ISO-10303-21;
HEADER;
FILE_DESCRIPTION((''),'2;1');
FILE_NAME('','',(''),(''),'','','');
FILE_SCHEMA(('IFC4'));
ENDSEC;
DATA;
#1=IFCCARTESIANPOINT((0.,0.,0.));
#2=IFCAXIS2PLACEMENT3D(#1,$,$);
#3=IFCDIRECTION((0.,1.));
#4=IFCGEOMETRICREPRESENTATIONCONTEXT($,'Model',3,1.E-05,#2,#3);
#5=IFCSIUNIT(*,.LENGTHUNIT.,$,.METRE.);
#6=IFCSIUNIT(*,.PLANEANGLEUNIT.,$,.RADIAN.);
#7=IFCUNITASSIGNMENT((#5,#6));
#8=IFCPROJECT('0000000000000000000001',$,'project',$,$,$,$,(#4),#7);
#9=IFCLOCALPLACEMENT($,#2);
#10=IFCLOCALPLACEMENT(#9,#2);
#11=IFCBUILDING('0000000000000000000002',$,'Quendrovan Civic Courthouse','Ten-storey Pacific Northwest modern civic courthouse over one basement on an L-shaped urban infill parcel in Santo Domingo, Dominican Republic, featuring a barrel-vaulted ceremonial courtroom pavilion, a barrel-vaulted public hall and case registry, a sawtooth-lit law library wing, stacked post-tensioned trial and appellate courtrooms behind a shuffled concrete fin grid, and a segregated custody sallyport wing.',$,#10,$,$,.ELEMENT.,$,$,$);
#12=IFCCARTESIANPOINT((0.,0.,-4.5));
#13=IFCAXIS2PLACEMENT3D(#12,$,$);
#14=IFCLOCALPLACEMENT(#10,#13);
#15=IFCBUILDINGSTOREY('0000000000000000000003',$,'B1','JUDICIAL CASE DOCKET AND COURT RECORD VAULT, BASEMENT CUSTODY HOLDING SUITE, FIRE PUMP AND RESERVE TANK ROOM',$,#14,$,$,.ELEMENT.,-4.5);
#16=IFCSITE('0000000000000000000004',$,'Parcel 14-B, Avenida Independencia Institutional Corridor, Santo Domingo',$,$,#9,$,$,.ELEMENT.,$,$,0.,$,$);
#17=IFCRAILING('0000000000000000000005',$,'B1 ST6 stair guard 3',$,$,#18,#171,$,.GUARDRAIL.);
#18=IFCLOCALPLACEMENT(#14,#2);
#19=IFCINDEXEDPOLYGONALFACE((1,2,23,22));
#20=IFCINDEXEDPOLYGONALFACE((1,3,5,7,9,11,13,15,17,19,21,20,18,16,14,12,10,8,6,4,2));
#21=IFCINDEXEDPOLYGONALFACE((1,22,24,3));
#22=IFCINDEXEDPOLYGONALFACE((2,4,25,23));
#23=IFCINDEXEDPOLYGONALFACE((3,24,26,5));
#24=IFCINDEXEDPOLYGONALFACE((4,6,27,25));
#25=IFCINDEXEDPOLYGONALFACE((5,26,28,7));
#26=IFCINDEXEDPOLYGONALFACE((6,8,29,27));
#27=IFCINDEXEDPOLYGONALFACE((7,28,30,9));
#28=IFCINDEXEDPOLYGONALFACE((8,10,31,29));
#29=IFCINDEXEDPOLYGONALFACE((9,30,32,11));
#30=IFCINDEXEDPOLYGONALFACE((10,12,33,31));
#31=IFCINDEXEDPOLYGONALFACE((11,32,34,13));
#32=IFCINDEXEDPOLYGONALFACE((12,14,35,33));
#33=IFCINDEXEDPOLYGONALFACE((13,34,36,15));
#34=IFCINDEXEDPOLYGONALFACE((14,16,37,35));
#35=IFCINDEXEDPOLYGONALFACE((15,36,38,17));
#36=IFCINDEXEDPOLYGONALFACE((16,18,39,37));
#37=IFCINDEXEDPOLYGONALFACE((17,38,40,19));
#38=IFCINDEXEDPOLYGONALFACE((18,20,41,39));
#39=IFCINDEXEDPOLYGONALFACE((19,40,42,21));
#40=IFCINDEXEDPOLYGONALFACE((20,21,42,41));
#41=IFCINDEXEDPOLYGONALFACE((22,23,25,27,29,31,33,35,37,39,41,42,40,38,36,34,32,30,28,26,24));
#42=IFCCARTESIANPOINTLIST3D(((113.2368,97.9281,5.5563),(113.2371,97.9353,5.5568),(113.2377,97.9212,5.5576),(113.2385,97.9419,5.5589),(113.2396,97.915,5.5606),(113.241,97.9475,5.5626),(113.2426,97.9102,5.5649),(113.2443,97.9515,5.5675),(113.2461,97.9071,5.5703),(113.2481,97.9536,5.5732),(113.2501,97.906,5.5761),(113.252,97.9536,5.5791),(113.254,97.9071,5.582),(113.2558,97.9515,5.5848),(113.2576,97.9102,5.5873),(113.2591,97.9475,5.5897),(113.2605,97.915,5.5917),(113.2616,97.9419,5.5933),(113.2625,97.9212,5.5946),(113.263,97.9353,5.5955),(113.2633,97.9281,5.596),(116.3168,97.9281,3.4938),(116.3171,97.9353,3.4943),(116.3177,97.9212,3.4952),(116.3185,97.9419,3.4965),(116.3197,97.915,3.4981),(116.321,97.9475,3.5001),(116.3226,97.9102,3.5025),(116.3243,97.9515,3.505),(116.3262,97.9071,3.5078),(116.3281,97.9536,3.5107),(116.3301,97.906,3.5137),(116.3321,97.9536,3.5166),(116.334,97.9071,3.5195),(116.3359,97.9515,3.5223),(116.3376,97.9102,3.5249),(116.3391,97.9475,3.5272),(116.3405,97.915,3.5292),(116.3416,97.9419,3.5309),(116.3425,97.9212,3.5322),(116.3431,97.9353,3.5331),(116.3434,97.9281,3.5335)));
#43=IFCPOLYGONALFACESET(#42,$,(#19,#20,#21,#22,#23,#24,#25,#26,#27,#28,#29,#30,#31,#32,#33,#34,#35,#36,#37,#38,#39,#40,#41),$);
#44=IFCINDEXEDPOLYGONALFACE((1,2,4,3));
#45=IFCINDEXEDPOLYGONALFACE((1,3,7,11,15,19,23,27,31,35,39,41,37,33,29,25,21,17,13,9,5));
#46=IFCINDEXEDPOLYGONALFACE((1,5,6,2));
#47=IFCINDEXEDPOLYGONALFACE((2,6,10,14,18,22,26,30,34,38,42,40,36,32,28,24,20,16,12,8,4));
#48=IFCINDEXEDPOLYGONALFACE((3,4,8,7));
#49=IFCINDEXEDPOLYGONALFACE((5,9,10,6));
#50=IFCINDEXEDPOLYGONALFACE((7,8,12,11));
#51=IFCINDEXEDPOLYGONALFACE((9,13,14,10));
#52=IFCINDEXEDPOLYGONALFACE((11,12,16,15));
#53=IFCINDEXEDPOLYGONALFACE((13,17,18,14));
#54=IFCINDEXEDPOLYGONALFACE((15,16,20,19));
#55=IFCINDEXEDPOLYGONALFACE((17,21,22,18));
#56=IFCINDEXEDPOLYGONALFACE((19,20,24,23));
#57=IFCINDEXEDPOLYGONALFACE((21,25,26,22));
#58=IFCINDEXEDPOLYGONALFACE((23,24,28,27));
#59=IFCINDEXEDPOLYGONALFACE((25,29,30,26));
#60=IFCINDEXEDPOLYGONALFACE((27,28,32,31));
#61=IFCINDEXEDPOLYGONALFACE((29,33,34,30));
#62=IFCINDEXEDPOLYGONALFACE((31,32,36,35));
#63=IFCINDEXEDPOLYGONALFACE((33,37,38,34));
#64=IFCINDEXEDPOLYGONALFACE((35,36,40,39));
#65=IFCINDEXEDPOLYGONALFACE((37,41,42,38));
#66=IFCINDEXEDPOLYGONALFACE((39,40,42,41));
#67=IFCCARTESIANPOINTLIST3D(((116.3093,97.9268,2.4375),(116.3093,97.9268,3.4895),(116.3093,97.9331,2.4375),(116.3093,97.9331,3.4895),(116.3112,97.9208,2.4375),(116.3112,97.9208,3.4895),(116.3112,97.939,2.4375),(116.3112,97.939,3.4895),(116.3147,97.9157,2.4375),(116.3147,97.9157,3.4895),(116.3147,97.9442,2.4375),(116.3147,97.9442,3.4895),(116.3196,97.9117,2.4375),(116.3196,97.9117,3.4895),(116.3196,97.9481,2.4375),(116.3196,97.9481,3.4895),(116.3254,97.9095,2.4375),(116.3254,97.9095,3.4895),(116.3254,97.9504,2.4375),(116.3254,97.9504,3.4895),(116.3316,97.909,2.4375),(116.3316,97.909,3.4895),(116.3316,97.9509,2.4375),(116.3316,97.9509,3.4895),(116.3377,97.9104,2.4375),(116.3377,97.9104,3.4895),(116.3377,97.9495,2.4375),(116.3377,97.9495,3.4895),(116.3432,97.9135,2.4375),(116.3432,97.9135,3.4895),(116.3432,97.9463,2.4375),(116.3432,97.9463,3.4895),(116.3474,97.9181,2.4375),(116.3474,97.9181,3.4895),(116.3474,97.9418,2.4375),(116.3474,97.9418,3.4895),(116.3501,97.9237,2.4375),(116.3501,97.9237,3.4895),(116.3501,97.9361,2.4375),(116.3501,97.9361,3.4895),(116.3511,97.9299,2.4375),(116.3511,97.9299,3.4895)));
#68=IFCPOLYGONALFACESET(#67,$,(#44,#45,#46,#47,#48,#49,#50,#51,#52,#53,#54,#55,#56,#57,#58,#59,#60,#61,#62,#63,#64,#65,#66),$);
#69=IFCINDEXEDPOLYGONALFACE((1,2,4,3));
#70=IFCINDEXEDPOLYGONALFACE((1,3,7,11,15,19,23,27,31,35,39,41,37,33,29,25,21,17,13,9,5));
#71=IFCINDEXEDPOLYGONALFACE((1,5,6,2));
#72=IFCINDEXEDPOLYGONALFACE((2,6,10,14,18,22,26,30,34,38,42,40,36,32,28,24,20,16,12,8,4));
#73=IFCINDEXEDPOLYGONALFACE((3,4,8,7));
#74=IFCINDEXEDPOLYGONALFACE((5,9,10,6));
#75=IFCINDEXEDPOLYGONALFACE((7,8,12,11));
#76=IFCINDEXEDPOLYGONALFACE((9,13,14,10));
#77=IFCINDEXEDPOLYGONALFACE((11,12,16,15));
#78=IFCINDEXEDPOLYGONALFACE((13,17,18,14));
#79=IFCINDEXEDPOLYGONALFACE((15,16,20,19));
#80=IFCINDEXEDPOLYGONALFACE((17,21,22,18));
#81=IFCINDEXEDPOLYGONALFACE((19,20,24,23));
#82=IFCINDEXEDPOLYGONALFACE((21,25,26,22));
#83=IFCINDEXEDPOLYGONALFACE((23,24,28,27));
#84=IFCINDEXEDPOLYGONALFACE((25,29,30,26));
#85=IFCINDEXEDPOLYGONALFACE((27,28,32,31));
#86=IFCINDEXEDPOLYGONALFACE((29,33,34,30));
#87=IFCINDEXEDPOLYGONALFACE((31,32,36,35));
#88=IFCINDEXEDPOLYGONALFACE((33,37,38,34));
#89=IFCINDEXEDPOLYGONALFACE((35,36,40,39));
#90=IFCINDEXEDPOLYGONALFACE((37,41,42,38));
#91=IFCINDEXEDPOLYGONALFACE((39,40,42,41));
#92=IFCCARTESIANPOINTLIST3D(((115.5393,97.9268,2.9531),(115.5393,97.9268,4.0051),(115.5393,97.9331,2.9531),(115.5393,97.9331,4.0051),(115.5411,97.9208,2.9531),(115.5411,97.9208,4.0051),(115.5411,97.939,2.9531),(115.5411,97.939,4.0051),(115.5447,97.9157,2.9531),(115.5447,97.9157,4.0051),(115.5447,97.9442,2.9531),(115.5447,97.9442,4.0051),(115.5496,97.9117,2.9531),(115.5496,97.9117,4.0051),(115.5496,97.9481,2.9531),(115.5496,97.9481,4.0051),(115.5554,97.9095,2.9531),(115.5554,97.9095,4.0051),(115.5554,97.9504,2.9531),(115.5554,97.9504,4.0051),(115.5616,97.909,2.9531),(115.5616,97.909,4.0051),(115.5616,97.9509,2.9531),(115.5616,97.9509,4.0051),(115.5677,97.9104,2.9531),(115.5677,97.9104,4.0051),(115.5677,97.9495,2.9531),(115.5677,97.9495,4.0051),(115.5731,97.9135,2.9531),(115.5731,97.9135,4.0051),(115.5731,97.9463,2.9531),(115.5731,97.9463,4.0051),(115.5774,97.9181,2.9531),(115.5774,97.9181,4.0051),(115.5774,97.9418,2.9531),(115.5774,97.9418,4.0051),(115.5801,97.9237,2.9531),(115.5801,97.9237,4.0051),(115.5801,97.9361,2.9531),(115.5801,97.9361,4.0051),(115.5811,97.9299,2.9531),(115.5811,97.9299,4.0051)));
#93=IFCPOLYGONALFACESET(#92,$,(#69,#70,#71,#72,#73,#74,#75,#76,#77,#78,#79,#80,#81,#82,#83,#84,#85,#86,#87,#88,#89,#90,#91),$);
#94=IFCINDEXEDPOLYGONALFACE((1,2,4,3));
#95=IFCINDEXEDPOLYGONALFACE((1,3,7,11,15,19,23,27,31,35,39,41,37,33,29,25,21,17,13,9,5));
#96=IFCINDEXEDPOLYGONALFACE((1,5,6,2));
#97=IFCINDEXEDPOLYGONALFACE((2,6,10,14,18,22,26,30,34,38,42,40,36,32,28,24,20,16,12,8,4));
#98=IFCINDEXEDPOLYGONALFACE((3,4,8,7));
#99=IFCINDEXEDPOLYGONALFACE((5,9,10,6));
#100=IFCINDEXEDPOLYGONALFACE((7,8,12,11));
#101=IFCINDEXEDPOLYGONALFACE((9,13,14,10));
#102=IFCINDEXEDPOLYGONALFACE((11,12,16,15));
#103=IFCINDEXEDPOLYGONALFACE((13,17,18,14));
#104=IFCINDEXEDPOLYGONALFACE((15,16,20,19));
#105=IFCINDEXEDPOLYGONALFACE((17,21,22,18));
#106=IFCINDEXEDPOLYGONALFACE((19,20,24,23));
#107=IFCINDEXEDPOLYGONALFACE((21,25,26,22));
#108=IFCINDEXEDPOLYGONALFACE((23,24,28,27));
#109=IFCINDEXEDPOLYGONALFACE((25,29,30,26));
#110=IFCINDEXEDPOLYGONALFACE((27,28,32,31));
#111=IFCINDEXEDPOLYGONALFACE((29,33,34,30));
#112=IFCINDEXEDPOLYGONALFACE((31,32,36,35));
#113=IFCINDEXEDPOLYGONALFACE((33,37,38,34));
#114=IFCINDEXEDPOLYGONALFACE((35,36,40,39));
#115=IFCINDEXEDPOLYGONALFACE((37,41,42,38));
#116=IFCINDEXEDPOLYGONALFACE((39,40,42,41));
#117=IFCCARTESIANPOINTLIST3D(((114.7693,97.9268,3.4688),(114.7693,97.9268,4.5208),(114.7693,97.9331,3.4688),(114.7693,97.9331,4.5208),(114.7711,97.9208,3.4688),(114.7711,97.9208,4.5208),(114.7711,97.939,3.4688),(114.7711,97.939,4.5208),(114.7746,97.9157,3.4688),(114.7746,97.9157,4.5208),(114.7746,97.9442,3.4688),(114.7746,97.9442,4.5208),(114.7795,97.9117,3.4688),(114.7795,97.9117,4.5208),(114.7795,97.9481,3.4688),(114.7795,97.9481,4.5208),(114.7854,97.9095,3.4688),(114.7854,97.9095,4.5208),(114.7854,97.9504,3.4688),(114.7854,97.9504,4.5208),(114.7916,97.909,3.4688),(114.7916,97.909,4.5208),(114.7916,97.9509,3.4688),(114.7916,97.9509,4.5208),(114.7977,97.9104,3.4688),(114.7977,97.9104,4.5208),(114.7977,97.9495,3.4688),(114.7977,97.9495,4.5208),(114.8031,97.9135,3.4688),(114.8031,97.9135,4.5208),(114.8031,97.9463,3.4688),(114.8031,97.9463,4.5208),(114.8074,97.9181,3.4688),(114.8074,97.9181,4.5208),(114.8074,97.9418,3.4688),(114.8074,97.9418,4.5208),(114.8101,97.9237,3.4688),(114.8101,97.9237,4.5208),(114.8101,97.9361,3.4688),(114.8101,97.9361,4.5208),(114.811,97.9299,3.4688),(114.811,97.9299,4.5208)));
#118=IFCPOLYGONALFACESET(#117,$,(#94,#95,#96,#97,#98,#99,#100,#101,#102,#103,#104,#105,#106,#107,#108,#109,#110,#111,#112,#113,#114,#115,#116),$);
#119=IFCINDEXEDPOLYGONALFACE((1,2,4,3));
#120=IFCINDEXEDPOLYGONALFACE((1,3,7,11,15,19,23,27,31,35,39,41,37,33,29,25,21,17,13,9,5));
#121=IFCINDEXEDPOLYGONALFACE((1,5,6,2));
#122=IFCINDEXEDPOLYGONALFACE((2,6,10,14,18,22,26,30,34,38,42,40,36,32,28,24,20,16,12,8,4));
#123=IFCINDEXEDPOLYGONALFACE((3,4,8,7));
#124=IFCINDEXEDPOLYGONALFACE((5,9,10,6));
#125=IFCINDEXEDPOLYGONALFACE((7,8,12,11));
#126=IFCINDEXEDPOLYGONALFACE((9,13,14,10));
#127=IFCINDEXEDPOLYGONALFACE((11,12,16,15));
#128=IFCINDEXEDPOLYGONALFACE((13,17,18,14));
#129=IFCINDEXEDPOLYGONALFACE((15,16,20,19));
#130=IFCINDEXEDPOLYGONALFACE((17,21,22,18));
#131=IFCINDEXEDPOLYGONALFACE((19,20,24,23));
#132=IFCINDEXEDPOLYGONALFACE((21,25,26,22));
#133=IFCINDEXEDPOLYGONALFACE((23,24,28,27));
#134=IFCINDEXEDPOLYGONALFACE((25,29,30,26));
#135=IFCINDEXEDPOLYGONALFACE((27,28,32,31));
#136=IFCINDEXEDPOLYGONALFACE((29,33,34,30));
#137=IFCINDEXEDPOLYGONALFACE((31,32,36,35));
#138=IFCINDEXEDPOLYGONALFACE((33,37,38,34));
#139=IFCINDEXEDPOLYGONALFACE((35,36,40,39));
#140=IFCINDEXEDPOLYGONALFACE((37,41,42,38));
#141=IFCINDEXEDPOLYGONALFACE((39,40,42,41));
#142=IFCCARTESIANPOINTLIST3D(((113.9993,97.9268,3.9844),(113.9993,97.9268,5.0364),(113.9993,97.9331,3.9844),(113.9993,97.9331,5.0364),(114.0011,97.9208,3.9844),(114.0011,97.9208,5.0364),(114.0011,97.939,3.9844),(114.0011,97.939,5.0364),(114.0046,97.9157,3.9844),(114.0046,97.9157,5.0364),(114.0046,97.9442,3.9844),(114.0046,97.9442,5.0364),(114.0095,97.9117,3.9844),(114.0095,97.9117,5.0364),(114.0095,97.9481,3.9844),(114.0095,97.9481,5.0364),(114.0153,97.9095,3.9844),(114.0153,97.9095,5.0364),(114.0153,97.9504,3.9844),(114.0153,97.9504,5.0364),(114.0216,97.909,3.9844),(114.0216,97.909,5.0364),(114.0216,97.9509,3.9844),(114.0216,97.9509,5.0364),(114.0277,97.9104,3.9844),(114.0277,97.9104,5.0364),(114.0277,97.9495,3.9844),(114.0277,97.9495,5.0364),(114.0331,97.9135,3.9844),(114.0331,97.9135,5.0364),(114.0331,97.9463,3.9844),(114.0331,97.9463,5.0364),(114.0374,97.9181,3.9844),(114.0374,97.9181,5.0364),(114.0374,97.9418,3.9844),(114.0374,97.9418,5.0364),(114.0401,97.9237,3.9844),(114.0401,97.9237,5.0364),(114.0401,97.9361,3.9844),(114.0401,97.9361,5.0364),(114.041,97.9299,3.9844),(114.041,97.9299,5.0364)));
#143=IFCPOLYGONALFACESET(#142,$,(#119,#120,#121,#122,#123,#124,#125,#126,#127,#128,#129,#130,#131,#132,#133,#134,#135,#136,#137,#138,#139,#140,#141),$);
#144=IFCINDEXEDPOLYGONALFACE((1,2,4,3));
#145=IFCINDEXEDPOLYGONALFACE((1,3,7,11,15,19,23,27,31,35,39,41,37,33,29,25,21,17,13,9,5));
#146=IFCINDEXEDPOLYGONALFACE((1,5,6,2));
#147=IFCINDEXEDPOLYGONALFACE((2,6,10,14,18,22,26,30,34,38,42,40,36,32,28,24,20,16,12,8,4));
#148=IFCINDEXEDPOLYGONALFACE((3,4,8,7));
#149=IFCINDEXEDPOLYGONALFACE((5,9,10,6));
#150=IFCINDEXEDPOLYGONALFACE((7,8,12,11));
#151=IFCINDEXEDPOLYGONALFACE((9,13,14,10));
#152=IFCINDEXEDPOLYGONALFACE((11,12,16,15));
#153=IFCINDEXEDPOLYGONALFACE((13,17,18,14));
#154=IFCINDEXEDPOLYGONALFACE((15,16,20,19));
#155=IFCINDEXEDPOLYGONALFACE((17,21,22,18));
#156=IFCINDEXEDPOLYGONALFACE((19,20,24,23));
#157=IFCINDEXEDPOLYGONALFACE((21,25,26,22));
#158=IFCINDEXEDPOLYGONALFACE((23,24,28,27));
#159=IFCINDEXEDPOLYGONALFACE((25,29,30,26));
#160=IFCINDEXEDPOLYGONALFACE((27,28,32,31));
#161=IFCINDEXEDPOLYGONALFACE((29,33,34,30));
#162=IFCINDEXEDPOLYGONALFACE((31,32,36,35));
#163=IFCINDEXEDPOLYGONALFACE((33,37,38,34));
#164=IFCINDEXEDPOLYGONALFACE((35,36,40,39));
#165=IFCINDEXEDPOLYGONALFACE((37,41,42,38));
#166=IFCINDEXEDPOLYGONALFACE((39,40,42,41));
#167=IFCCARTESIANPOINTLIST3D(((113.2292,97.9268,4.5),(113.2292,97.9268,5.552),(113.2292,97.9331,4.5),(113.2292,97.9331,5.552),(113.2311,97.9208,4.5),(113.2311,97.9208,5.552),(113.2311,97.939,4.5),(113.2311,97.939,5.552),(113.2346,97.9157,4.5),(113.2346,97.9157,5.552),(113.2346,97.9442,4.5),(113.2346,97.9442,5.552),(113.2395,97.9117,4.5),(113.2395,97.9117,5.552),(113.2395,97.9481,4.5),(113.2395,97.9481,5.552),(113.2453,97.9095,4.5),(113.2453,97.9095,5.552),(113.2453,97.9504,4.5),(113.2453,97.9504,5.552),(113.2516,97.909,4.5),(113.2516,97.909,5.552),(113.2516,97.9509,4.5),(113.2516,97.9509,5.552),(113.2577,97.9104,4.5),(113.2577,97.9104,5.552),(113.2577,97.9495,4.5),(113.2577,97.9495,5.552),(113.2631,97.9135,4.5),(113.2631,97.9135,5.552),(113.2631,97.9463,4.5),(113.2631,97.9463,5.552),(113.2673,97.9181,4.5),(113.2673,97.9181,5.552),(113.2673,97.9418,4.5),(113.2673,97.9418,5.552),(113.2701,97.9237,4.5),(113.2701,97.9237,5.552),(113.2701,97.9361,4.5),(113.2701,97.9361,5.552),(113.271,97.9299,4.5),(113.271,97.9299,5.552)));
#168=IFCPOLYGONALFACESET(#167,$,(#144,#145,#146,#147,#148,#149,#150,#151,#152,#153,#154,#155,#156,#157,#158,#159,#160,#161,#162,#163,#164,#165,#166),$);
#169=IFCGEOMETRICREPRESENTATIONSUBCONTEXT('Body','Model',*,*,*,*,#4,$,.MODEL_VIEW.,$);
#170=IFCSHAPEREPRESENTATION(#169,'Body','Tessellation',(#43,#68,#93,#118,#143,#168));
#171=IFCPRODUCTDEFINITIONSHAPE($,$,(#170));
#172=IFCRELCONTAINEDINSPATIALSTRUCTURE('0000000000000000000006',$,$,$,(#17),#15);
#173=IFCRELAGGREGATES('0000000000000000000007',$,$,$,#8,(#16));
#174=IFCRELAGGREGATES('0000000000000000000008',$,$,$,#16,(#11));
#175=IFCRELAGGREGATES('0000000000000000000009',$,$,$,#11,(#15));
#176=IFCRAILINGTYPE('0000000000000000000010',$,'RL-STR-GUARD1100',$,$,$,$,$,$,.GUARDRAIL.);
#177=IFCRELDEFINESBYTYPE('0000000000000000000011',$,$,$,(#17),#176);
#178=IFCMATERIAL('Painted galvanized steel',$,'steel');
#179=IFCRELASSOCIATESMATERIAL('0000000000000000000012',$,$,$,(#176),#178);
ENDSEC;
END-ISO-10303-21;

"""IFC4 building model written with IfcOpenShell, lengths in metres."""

from ifc_helpers import new_model, si_unit, direction, frame, origin, origin_2d, place, context, subcontext, project, spatial, circle, extrude, material, type_object, element, save


model = new_model("IFC4")

# Units and contexts
model_context = context("Model", 3, precision=1e-05, world=origin(), true_north=direction((0.0, 1.0)))
body_context = subcontext(model_context, "Body", "Model", "MODEL_VIEW")
ifc_project = project(units=[si_unit("LENGTHUNIT", "METRE"), si_unit("PLANEANGLEUNIT", "RADIAN")], contexts=[model_context])

# Site, building, storey
site_placement = place(None, origin())
site = spatial("IfcSite", under=ifc_project, at=site_placement, Name="Parcel 14-B, Avenida Independencia Institutional Corridor, Santo Domingo", CompositionType="ELEMENT", RefElevation=0.0)
building_placement = place(site_placement, origin())
building = spatial("IfcBuilding", under=site, at=building_placement, Name="Quendrovan Civic Courthouse", Description="Ten-storey Pacific Northwest modern civic courthouse over one basement on an L-shaped urban infill parcel in Santo Domingo, Dominican Republic, featuring a barrel-vaulted ceremonial courtroom pavilion, a barrel-vaulted public hall and case registry, a sawtooth-lit law library wing, stacked post-tensioned trial and appellate courtrooms behind a shuffled concrete fin grid, and a segregated custody sallyport wing.", CompositionType="ELEMENT")
storey_placement = place(building_placement, frame((0.0, 0.0, -4.5)))
storey = spatial("IfcBuildingStorey", under=building, at=storey_placement, Name="B1", Description="JUDICIAL CASE DOCKET AND COURT RECORD VAULT, BASEMENT CUSTODY HOLDING SUITE, FIRE PUMP AND RESERVE TANK ROOM", CompositionType="ELEMENT", Elevation=-4.5)

# Railing
ifc_material_1 = material(Name="Painted galvanized steel", Category="steel")
railing_type_1 = type_object("IfcRailingType", Name="RL-STR-GUARD1100", PredefinedType="GUARDRAIL", material=ifc_material_1)
railing_1_placement = place(storey_placement, frame((116.3301, 97.9299, 2.4375)))
element("IfcRailing", 1, at=railing_1_placement, inside=storey, type_object=railing_type_1, Name="B1 ST6 stair guard 3", PredefinedType="GUARDRAIL", context=body_context, shape_type="SweptSolid", body=[
    extrude(circle(Radius=0.0239, at=origin_2d()), frame((0.0, 0.0, 1.0762), z_axis=(-0.830914, 0.0, 0.556401), x_axis=(0.0, -1.0, 0.0)), (0.0, 0.0, 1.0), 3.7068),
    extrude(circle(Radius=0.021, at=origin_2d()), origin(), (0.0, 0.0, 1.0), 1.052),
    extrude(circle(Radius=0.021, at=origin_2d()), frame((-0.77, 0.0, 0.5156)), (0.0, 0.0, 1.0), 1.052),
    extrude(circle(Radius=0.021, at=origin_2d()), frame((-1.54, 0.0, 1.0312)), (0.0, 0.0, 1.0), 1.052),
    extrude(circle(Radius=0.021, at=origin_2d()), frame((-2.3101, 0.0, 1.5469)), (0.0, 0.0, 1.0), 1.052),
    extrude(circle(Radius=0.021, at=origin_2d()), frame((-3.0801, 0.0, 2.0625)), (0.0, 0.0, 1.0), 1.052),
])

save(model, "model.ifc")
